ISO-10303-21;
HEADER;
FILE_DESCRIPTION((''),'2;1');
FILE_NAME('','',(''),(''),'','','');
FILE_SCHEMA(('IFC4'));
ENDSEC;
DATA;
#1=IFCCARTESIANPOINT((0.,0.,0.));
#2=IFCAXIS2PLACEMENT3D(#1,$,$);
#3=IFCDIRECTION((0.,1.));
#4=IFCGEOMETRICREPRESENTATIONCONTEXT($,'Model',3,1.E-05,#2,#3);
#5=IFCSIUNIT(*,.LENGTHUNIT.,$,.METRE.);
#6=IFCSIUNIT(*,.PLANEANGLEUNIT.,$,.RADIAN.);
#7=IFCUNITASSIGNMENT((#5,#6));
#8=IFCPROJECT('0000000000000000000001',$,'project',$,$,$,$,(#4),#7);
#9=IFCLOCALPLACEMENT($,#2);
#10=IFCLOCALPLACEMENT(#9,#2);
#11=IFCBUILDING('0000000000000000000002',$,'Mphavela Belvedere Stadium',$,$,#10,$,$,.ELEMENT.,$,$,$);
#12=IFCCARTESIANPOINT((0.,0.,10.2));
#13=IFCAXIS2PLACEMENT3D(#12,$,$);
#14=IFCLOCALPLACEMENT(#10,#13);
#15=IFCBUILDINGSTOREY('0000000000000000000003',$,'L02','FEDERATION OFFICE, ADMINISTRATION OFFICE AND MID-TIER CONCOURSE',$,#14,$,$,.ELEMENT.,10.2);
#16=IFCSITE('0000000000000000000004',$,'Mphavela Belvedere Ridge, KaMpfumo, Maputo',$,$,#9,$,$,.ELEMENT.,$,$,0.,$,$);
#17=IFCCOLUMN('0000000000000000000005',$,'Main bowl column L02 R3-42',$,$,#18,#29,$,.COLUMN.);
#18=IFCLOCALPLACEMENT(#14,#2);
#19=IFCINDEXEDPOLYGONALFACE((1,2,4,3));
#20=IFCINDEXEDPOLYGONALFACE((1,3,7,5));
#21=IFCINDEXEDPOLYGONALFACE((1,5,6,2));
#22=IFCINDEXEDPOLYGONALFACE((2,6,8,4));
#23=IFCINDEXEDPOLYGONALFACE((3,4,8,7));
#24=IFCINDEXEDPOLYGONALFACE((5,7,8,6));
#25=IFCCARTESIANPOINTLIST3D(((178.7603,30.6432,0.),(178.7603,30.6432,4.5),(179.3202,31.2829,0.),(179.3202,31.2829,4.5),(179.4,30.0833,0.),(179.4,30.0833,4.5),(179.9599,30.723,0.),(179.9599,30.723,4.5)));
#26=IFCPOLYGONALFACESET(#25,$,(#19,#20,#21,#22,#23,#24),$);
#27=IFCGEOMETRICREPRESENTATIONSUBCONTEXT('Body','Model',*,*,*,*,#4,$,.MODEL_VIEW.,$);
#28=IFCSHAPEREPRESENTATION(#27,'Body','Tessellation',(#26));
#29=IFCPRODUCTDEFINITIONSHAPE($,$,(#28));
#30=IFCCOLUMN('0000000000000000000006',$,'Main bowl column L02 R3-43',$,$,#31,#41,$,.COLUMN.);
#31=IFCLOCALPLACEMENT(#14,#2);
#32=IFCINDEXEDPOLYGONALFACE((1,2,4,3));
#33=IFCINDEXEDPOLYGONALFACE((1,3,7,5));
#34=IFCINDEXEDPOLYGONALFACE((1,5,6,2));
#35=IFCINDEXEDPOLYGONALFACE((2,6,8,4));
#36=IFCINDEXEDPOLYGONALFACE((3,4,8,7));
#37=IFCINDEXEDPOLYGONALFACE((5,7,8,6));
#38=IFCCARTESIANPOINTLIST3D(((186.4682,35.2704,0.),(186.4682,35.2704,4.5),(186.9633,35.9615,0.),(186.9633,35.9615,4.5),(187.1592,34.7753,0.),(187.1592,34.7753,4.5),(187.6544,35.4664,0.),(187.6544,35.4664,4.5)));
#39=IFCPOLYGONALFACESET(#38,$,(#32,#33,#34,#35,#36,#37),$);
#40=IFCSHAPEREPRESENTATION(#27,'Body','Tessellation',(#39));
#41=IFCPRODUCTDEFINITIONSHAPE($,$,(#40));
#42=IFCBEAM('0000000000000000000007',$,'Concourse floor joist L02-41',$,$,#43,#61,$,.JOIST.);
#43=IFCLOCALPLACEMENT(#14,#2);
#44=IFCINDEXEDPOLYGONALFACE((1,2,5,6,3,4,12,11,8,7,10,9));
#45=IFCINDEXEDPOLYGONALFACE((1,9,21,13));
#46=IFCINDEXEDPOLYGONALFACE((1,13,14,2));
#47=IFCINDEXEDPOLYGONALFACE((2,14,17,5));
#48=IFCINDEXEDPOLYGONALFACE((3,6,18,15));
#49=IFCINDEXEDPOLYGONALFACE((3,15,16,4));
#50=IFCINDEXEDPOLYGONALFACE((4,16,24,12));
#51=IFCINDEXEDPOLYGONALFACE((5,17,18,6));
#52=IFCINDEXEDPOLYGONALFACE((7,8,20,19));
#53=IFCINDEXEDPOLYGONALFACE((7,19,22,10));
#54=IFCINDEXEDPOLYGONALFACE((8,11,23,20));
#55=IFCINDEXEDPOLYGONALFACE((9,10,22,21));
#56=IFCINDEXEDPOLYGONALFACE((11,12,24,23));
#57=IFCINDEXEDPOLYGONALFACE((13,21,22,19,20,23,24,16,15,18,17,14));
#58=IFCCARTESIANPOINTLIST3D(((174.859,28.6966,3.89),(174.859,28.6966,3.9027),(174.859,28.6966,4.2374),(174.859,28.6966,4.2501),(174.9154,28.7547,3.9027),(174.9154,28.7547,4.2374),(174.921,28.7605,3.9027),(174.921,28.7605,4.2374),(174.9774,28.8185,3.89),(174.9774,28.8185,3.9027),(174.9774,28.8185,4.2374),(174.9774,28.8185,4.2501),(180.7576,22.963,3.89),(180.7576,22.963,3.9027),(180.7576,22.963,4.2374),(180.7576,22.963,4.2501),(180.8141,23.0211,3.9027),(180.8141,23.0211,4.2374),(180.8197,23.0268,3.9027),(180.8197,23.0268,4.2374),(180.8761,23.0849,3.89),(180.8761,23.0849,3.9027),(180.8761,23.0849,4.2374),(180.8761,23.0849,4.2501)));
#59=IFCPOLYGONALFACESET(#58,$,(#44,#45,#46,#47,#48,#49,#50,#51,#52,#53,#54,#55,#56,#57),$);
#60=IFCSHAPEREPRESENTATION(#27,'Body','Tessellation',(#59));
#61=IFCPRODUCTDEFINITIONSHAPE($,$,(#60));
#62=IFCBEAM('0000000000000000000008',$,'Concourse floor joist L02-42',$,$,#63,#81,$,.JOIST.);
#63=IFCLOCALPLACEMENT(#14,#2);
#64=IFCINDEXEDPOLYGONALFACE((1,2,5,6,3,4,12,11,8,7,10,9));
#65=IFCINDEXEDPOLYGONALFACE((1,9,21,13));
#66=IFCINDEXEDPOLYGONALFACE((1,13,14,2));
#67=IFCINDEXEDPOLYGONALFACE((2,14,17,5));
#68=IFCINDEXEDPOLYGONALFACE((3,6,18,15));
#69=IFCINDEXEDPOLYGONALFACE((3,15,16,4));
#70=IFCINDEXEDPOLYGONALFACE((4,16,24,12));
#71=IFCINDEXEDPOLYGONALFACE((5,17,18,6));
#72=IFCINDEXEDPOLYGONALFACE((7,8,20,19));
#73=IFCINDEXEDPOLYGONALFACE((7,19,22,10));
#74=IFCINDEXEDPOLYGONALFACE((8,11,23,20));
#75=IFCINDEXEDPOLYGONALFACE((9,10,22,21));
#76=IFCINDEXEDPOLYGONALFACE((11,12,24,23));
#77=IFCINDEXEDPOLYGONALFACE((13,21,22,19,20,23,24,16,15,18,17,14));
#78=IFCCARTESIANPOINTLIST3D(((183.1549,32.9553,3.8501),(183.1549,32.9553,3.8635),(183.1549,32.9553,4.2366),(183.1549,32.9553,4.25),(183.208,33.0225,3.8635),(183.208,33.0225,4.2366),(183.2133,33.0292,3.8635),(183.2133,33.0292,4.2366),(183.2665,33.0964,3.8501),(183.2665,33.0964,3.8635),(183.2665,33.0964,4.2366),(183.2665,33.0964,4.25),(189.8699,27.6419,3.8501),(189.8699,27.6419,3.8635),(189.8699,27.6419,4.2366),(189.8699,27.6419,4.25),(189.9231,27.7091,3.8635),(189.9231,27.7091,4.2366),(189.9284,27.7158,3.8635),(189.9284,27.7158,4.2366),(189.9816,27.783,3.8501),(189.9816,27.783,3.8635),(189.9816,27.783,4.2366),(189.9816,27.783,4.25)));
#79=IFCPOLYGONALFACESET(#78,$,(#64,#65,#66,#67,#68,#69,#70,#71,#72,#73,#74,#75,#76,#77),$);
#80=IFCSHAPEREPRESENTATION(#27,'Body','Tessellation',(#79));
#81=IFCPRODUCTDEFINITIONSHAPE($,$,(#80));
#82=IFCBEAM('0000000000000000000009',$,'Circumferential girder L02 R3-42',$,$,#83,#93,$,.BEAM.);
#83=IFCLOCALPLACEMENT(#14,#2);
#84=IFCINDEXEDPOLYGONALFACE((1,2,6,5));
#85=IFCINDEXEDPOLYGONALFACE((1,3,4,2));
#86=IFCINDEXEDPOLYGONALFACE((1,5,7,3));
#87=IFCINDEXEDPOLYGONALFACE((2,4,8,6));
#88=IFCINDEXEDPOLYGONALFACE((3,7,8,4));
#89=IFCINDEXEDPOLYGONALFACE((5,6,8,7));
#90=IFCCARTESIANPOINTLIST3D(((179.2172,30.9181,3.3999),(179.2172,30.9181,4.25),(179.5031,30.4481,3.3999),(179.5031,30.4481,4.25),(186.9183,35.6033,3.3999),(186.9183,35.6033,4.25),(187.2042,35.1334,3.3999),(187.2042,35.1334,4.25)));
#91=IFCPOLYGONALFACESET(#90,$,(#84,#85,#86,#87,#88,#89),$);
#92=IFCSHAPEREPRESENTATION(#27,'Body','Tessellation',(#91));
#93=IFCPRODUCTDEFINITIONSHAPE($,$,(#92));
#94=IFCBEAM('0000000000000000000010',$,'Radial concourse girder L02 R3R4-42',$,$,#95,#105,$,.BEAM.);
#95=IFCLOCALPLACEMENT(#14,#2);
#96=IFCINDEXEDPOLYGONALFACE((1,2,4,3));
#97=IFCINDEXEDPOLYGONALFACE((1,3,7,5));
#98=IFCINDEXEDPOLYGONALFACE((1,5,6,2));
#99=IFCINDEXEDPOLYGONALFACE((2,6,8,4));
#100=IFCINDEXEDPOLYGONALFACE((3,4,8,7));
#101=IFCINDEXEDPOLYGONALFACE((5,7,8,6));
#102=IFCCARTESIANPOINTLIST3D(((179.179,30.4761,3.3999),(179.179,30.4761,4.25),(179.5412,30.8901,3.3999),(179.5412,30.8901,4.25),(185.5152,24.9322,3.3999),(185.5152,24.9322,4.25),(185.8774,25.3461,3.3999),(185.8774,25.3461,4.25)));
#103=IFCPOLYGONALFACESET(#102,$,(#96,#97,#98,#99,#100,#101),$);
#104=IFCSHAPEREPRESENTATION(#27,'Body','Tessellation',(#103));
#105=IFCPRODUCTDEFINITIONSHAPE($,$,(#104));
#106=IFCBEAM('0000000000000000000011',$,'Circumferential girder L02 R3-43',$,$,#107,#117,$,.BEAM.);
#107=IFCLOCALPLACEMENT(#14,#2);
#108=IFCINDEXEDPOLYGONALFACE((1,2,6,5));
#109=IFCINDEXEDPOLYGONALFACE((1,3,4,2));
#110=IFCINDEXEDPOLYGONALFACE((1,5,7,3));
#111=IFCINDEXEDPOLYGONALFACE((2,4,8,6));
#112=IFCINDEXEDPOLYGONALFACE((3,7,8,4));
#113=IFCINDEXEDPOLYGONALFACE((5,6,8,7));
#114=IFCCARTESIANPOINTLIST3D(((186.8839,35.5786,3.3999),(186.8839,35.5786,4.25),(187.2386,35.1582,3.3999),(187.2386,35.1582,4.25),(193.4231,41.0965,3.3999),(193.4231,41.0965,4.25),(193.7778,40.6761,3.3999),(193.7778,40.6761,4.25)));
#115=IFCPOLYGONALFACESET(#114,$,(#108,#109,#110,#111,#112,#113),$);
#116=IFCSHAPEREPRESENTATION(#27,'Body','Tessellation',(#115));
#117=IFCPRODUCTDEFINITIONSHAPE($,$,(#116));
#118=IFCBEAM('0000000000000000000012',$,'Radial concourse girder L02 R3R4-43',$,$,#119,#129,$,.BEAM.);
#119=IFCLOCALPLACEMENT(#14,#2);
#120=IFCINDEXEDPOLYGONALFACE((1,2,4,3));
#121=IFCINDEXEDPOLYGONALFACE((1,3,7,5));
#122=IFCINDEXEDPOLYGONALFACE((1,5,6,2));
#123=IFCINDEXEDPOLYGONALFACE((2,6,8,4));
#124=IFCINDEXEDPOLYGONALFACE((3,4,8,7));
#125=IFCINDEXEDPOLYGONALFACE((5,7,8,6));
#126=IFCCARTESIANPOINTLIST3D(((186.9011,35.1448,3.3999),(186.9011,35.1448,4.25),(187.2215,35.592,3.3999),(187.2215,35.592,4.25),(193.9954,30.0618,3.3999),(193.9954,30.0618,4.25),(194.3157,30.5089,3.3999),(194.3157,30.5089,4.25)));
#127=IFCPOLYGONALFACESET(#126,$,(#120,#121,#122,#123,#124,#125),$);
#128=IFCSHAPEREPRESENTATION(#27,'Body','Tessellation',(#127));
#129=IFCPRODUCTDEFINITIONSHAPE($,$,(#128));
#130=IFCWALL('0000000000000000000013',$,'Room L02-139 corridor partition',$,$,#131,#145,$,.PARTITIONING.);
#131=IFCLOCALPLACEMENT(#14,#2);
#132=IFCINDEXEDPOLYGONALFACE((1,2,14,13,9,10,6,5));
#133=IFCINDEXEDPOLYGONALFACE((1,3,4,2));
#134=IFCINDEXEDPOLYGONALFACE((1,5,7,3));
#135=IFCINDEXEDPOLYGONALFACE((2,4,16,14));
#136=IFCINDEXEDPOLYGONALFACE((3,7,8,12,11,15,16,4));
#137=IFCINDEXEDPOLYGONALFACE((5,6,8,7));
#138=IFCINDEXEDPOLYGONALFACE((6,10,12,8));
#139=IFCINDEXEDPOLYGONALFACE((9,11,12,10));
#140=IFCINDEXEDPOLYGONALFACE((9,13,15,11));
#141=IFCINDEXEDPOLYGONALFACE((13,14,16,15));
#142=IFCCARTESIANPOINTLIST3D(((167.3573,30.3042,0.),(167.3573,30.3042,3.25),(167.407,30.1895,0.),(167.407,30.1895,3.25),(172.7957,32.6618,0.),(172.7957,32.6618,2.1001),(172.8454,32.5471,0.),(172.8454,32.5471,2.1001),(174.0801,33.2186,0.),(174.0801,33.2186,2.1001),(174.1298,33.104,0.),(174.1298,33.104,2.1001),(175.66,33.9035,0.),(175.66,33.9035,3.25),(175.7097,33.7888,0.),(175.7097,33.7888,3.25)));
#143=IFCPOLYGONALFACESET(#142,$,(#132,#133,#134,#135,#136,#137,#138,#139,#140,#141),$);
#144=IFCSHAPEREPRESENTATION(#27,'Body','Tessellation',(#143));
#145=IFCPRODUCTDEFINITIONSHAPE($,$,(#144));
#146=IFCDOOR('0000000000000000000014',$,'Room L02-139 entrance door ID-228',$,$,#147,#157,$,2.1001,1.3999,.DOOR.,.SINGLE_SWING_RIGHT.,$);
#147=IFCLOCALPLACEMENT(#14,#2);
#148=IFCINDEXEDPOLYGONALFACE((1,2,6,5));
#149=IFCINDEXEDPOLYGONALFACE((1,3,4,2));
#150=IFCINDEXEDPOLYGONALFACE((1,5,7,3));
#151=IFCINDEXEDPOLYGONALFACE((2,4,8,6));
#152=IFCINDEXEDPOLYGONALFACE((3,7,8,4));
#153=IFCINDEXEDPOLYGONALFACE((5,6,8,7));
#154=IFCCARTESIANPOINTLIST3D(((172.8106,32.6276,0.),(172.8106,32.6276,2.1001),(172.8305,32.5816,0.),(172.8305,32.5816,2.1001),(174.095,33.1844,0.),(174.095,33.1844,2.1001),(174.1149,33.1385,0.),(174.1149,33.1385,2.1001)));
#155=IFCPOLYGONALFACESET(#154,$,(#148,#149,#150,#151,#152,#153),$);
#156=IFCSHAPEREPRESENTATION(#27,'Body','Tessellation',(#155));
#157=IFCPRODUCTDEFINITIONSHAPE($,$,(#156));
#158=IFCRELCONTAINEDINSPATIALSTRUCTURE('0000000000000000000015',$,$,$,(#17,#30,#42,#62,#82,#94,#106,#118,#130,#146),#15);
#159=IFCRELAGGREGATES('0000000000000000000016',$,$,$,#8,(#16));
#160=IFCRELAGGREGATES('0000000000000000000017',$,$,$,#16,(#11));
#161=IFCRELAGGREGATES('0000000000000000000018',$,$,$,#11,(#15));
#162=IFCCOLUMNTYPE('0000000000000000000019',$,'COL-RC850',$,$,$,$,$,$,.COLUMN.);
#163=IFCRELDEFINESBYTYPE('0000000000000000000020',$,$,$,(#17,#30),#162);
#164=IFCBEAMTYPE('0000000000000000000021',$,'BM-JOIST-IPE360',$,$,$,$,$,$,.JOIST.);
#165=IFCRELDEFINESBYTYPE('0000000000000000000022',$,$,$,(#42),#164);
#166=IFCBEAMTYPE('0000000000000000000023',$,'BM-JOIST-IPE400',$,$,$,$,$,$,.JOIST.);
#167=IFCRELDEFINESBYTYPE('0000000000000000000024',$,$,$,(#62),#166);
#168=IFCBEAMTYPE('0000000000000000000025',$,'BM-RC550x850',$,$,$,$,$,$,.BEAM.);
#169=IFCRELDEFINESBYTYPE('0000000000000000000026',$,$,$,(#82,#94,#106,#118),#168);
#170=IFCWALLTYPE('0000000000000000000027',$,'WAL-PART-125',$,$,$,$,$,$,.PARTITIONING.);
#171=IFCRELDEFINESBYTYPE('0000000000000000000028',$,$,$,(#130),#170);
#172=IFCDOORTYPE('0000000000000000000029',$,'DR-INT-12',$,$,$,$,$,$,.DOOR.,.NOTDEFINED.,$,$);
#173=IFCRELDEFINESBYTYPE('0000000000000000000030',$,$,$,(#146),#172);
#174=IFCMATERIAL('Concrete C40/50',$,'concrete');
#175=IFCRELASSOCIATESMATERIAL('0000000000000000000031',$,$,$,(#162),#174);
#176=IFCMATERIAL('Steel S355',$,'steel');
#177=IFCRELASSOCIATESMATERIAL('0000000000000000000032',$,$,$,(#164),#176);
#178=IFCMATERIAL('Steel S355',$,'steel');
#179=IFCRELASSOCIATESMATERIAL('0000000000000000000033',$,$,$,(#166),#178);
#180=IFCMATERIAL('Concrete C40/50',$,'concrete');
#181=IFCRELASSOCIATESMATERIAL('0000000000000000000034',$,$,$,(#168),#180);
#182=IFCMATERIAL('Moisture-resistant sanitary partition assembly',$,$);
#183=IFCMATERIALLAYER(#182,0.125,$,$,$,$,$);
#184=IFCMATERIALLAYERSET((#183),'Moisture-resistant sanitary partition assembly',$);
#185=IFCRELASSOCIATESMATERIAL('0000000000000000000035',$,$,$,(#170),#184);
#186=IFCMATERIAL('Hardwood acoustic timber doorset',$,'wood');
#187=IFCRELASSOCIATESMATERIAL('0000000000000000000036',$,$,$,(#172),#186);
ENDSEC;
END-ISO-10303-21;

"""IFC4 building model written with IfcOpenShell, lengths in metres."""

from ifc_helpers import new_model, si_unit, direction, frame, frame_2d, origin, origin_2d, place, context, subcontext, project, spatial, rectangle, i_section, extrude, material, layer, layer_set, material_profile, profile_set, type_object, element, fill, save


model = new_model("IFC4")

# Units and contexts
model_context = context("Model", 3, precision=1e-05, world=origin(), true_north=direction((0.0, 1.0)))
body_context = subcontext(model_context, "Body", "Model", "MODEL_VIEW")
ifc_project = project(units=[si_unit("LENGTHUNIT", "METRE"), si_unit("PLANEANGLEUNIT", "RADIAN")], contexts=[model_context])

# Site, building, storey
site_placement = place(None, origin())
site = spatial("IfcSite", under=ifc_project, at=site_placement, Name="Mphavela Belvedere Ridge, KaMpfumo, Maputo", CompositionType="ELEMENT", RefElevation=0.0)
building_placement = place(site_placement, origin())
building = spatial("IfcBuilding", under=site, at=building_placement, Name="Mphavela Belvedere Stadium", CompositionType="ELEMENT")
storey_placement = place(building_placement, frame((0.0, 0.0, 10.2)))
storey = spatial("IfcBuildingStorey", under=building, at=storey_placement, Name="L02", Description="FEDERATION OFFICE, ADMINISTRATION OFFICE AND MID-TIER CONCOURSE", CompositionType="ELEMENT", Elevation=10.2)

# Columns
ifc_material_1 = material(Name="Concrete C40/50", Category="concrete")
ifc_material_profile_1 = material_profile(ifc_material_1, rectangle(XDim=0.8501, YDim=0.8501, at=origin_2d()), Name="RC 850x850")
ifc_profile_set_1 = profile_set([ifc_material_profile_1], Name="Concrete C40/50")
column_type = type_object("IfcColumnType", Name="COL-RC850", PredefinedType="COLUMN", material=ifc_profile_set_1)
for number, where, z_axis, x_axis, name in (
    (1, (179.3601, 30.6831, 0.0), (0.0, 0.0, 1.0), (0.75253, -0.658558, 0.0), "Main bowl column L02 R3-42"),
    (2, (187.0613, 35.3684, 0.0), (0.0, 0.0, 1.0), (0.812898, -0.582407, 0.0), "Main bowl column L02 R3-43"),
):
    element("IfcColumn", number, at=place(storey_placement, frame(where, z_axis=z_axis, x_axis=x_axis)), inside=storey, type_object=column_type, Name=name, PredefinedType="COLUMN", context=body_context, shape_type="SweptSolid", body=[
        extrude(rectangle(XDim=0.8501, YDim=0.8501, at=origin_2d()), origin(), (0.0, 0.0, 1.0), 4.5),
    ])

# Beams
ifc_material_2 = material(Name="Steel S355", Category="steel")
ifc_material_profile_2 = material_profile(ifc_material_2, i_section(OverallWidth=0.1699, OverallDepth=0.3601, WebThickness=0.0081, FlangeThickness=0.0127, at=origin_2d()), Name="IPE 360")
ifc_profile_set_2 = profile_set([ifc_material_profile_2], Name="Steel S355")
beam_type_1 = type_object("IfcBeamType", Name="BM-JOIST-IPE360", PredefinedType="JOIST", material=ifc_profile_set_2)
beam_1_placement = place(storey_placement, frame((174.9182, 28.7576, 4.0701), z_axis=(0.717067, -0.697004, 0.0), x_axis=(0.697004, 0.717067, 0.0)))
element("IfcBeam", 3, at=beam_1_placement, inside=storey, type_object=beam_type_1, Name="Concourse floor joist L02-41", PredefinedType="JOIST", context=body_context, shape_type="SweptSolid", body=[
    extrude(i_section(OverallWidth=0.1699, OverallDepth=0.3601, WebThickness=0.0081, FlangeThickness=0.0127, at=origin_2d()), origin(), (0.0, 0.0, 1.0), 8.2261),
])
ifc_material_3 = material(Name="Steel S355", Category="steel")
ifc_material_profile_3 = material_profile(ifc_material_3, i_section(OverallWidth=0.1799, OverallDepth=0.3999, WebThickness=0.0085, FlangeThickness=0.0134, at=origin_2d()), Name="IPE 400")
ifc_profile_set_3 = profile_set([ifc_material_profile_3], Name="Steel S355")
beam_type_2 = type_object("IfcBeamType", Name="BM-JOIST-IPE400", PredefinedType="JOIST", material=ifc_profile_set_3)
beam_2_placement = place(storey_placement, frame((183.2107, 33.0259, 4.05), z_axis=(0.784196, -0.620514, 0.0), x_axis=(0.620514, 0.784196, 0.0)))
element("IfcBeam", 4, at=beam_2_placement, inside=storey, type_object=beam_type_2, Name="Concourse floor joist L02-42", PredefinedType="JOIST", context=body_context, shape_type="SweptSolid", body=[
    extrude(i_section(OverallWidth=0.1799, OverallDepth=0.3999, WebThickness=0.0085, FlangeThickness=0.0134, at=origin_2d()), origin(), (0.0, 0.0, 1.0), 8.563),
])
ifc_material_4 = material(Name="Concrete C40/50", Category="concrete")
ifc_material_profile_4 = material_profile(ifc_material_4, rectangle(XDim=0.55, YDim=0.8501, at=origin_2d()), Name="RC 550x850")
ifc_profile_set_4 = profile_set([ifc_material_profile_4], Name="Concrete C40/50")
beam_type_3 = type_object("IfcBeamType", Name="BM-RC550x850", PredefinedType="BEAM", material=ifc_profile_set_4)
beam_3_placement = place(storey_placement, frame((179.3601, 30.6831, 3.825), z_axis=(0.854315, 0.519755, 0.0), x_axis=(-0.519755, 0.854315, 0.0)))
element("IfcBeam", 5, at=beam_3_placement, inside=storey, type_object=beam_type_3, Name="Circumferential girder L02 R3-42", PredefinedType="BEAM", context=body_context, shape_type="SweptSolid", body=[
    extrude(rectangle(XDim=0.55, YDim=0.8501, at=origin_2d()), origin(), (0.0, 0.0, 1.0), 9.0144),
])
beam_4_placement = place(storey_placement, frame((179.3601, 30.6831, 3.825), z_axis=(0.752589, -0.65849, 0.0), x_axis=(0.65849, 0.752589, 0.0)))
element("IfcBeam", 6, at=beam_4_placement, inside=storey, type_object=beam_type_3, Name="Radial concourse girder L02 R3R4-42", PredefinedType="BEAM", context=body_context, shape_type="SweptSolid", body=[
    extrude(rectangle(XDim=0.55, YDim=0.8501, at=origin_2d()), origin(), (0.0, 0.0, 1.0), 8.4192),
])
beam_5_placement = place(storey_placement, frame((187.0613, 35.3684, 3.825), z_axis=(0.764263, 0.644904, 0.0), x_axis=(-0.644904, 0.764263, 0.0)))
element("IfcBeam", 7, at=beam_5_placement, inside=storey, type_object=beam_type_3, Name="Circumferential girder L02 R3-43", PredefinedType="BEAM", context=body_context, shape_type="SweptSolid", body=[
    extrude(rectangle(XDim=0.55, YDim=0.8501, at=origin_2d()), origin(), (0.0, 0.0, 1.0), 8.5562),
])
beam_6_placement = place(storey_placement, frame((187.0613, 35.3684, 3.825), z_axis=(0.812882, -0.582428, 0.0), x_axis=(0.582428, 0.812882, 0.0)))
element("IfcBeam", 8, at=beam_6_placement, inside=storey, type_object=beam_type_3, Name="Radial concourse girder L02 R3R4-43", PredefinedType="BEAM", context=body_context, shape_type="SweptSolid", body=[
    extrude(rectangle(XDim=0.55, YDim=0.8501, at=origin_2d()), origin(), (0.0, 0.0, 1.0), 8.7273),
])

# Wall, opening, door
ifc_material_5 = material(Name="Moisture-resistant sanitary partition assembly")
ifc_layer_1 = layer(ifc_material_5, 0.125)
ifc_layer_set_1 = layer_set([ifc_layer_1], Name="Moisture-resistant sanitary partition assembly")
wall_type_1 = type_object("IfcWallType", Name="WAL-PART-125", PredefinedType="PARTITIONING", material=ifc_layer_set_1)
wall_1_placement = place(storey_placement, frame((175.6848, 33.8462, 0.0), z_axis=(0.0, 0.0, 1.0), x_axis=(-0.917495, -0.397748, 0.0)))
wall_1 = element("IfcWall", 9, at=wall_1_placement, inside=storey, type_object=wall_type_1, Name="Room L02-139 corridor partition", PredefinedType="PARTITIONING", context=body_context, shape_type="SweptSolid", body=[
    extrude(rectangle(XDim=9.0493, YDim=0.125, at=frame_2d((4.5247, 0.0))), origin(), (0.0, 0.0, 1.0), 3.25),
])
opening_1_placement = place(wall_1_placement, frame((1.7219, 0.0, 0.0)))
opening_1 = element("IfcOpeningElement", 10, at=opening_1_placement, cuts=wall_1, PredefinedType="OPENING", context=body_context, shape_type="SweptSolid", body=[
    extrude(rectangle(XDim=1.3999, YDim=2.1001, at=frame_2d((0.7, 1.05))), frame((0.0, 0.0725, 0.0), z_axis=(0.0, -1.0, 0.0), x_axis=(1.0, 0.0, 0.0)), (0.0, 0.0, 1.0), 0.145),
])
ifc_material_6 = material(Name="Hardwood acoustic timber doorset", Category="wood")
door_type_1 = type_object("IfcDoorType", Name="DR-INT-12", OperationType="NOTDEFINED", PredefinedType="DOOR", material=ifc_material_6)
door_1_placement = place(opening_1_placement, origin())
door_1 = element("IfcDoor", 11, at=door_1_placement, inside=storey, type_object=door_type_1, Name="Room L02-139 entrance door ID-228", OperationType="SINGLE_SWING_RIGHT", OverallHeight=2.1001, OverallWidth=1.3999, PredefinedType="DOOR", context=body_context, shape_type="SweptSolid", body=[
    extrude(rectangle(XDim=1.3999, YDim=2.1001, at=frame_2d((0.7, 1.05))), frame((0.0, 0.0249, 0.0), z_axis=(0.0, -1.0, 0.0), x_axis=(1.0, 0.0, 0.0)), (0.0, 0.0, 1.0), 0.05),
])
fill(opening_1, door_1)

save(model, "model.ifc")
